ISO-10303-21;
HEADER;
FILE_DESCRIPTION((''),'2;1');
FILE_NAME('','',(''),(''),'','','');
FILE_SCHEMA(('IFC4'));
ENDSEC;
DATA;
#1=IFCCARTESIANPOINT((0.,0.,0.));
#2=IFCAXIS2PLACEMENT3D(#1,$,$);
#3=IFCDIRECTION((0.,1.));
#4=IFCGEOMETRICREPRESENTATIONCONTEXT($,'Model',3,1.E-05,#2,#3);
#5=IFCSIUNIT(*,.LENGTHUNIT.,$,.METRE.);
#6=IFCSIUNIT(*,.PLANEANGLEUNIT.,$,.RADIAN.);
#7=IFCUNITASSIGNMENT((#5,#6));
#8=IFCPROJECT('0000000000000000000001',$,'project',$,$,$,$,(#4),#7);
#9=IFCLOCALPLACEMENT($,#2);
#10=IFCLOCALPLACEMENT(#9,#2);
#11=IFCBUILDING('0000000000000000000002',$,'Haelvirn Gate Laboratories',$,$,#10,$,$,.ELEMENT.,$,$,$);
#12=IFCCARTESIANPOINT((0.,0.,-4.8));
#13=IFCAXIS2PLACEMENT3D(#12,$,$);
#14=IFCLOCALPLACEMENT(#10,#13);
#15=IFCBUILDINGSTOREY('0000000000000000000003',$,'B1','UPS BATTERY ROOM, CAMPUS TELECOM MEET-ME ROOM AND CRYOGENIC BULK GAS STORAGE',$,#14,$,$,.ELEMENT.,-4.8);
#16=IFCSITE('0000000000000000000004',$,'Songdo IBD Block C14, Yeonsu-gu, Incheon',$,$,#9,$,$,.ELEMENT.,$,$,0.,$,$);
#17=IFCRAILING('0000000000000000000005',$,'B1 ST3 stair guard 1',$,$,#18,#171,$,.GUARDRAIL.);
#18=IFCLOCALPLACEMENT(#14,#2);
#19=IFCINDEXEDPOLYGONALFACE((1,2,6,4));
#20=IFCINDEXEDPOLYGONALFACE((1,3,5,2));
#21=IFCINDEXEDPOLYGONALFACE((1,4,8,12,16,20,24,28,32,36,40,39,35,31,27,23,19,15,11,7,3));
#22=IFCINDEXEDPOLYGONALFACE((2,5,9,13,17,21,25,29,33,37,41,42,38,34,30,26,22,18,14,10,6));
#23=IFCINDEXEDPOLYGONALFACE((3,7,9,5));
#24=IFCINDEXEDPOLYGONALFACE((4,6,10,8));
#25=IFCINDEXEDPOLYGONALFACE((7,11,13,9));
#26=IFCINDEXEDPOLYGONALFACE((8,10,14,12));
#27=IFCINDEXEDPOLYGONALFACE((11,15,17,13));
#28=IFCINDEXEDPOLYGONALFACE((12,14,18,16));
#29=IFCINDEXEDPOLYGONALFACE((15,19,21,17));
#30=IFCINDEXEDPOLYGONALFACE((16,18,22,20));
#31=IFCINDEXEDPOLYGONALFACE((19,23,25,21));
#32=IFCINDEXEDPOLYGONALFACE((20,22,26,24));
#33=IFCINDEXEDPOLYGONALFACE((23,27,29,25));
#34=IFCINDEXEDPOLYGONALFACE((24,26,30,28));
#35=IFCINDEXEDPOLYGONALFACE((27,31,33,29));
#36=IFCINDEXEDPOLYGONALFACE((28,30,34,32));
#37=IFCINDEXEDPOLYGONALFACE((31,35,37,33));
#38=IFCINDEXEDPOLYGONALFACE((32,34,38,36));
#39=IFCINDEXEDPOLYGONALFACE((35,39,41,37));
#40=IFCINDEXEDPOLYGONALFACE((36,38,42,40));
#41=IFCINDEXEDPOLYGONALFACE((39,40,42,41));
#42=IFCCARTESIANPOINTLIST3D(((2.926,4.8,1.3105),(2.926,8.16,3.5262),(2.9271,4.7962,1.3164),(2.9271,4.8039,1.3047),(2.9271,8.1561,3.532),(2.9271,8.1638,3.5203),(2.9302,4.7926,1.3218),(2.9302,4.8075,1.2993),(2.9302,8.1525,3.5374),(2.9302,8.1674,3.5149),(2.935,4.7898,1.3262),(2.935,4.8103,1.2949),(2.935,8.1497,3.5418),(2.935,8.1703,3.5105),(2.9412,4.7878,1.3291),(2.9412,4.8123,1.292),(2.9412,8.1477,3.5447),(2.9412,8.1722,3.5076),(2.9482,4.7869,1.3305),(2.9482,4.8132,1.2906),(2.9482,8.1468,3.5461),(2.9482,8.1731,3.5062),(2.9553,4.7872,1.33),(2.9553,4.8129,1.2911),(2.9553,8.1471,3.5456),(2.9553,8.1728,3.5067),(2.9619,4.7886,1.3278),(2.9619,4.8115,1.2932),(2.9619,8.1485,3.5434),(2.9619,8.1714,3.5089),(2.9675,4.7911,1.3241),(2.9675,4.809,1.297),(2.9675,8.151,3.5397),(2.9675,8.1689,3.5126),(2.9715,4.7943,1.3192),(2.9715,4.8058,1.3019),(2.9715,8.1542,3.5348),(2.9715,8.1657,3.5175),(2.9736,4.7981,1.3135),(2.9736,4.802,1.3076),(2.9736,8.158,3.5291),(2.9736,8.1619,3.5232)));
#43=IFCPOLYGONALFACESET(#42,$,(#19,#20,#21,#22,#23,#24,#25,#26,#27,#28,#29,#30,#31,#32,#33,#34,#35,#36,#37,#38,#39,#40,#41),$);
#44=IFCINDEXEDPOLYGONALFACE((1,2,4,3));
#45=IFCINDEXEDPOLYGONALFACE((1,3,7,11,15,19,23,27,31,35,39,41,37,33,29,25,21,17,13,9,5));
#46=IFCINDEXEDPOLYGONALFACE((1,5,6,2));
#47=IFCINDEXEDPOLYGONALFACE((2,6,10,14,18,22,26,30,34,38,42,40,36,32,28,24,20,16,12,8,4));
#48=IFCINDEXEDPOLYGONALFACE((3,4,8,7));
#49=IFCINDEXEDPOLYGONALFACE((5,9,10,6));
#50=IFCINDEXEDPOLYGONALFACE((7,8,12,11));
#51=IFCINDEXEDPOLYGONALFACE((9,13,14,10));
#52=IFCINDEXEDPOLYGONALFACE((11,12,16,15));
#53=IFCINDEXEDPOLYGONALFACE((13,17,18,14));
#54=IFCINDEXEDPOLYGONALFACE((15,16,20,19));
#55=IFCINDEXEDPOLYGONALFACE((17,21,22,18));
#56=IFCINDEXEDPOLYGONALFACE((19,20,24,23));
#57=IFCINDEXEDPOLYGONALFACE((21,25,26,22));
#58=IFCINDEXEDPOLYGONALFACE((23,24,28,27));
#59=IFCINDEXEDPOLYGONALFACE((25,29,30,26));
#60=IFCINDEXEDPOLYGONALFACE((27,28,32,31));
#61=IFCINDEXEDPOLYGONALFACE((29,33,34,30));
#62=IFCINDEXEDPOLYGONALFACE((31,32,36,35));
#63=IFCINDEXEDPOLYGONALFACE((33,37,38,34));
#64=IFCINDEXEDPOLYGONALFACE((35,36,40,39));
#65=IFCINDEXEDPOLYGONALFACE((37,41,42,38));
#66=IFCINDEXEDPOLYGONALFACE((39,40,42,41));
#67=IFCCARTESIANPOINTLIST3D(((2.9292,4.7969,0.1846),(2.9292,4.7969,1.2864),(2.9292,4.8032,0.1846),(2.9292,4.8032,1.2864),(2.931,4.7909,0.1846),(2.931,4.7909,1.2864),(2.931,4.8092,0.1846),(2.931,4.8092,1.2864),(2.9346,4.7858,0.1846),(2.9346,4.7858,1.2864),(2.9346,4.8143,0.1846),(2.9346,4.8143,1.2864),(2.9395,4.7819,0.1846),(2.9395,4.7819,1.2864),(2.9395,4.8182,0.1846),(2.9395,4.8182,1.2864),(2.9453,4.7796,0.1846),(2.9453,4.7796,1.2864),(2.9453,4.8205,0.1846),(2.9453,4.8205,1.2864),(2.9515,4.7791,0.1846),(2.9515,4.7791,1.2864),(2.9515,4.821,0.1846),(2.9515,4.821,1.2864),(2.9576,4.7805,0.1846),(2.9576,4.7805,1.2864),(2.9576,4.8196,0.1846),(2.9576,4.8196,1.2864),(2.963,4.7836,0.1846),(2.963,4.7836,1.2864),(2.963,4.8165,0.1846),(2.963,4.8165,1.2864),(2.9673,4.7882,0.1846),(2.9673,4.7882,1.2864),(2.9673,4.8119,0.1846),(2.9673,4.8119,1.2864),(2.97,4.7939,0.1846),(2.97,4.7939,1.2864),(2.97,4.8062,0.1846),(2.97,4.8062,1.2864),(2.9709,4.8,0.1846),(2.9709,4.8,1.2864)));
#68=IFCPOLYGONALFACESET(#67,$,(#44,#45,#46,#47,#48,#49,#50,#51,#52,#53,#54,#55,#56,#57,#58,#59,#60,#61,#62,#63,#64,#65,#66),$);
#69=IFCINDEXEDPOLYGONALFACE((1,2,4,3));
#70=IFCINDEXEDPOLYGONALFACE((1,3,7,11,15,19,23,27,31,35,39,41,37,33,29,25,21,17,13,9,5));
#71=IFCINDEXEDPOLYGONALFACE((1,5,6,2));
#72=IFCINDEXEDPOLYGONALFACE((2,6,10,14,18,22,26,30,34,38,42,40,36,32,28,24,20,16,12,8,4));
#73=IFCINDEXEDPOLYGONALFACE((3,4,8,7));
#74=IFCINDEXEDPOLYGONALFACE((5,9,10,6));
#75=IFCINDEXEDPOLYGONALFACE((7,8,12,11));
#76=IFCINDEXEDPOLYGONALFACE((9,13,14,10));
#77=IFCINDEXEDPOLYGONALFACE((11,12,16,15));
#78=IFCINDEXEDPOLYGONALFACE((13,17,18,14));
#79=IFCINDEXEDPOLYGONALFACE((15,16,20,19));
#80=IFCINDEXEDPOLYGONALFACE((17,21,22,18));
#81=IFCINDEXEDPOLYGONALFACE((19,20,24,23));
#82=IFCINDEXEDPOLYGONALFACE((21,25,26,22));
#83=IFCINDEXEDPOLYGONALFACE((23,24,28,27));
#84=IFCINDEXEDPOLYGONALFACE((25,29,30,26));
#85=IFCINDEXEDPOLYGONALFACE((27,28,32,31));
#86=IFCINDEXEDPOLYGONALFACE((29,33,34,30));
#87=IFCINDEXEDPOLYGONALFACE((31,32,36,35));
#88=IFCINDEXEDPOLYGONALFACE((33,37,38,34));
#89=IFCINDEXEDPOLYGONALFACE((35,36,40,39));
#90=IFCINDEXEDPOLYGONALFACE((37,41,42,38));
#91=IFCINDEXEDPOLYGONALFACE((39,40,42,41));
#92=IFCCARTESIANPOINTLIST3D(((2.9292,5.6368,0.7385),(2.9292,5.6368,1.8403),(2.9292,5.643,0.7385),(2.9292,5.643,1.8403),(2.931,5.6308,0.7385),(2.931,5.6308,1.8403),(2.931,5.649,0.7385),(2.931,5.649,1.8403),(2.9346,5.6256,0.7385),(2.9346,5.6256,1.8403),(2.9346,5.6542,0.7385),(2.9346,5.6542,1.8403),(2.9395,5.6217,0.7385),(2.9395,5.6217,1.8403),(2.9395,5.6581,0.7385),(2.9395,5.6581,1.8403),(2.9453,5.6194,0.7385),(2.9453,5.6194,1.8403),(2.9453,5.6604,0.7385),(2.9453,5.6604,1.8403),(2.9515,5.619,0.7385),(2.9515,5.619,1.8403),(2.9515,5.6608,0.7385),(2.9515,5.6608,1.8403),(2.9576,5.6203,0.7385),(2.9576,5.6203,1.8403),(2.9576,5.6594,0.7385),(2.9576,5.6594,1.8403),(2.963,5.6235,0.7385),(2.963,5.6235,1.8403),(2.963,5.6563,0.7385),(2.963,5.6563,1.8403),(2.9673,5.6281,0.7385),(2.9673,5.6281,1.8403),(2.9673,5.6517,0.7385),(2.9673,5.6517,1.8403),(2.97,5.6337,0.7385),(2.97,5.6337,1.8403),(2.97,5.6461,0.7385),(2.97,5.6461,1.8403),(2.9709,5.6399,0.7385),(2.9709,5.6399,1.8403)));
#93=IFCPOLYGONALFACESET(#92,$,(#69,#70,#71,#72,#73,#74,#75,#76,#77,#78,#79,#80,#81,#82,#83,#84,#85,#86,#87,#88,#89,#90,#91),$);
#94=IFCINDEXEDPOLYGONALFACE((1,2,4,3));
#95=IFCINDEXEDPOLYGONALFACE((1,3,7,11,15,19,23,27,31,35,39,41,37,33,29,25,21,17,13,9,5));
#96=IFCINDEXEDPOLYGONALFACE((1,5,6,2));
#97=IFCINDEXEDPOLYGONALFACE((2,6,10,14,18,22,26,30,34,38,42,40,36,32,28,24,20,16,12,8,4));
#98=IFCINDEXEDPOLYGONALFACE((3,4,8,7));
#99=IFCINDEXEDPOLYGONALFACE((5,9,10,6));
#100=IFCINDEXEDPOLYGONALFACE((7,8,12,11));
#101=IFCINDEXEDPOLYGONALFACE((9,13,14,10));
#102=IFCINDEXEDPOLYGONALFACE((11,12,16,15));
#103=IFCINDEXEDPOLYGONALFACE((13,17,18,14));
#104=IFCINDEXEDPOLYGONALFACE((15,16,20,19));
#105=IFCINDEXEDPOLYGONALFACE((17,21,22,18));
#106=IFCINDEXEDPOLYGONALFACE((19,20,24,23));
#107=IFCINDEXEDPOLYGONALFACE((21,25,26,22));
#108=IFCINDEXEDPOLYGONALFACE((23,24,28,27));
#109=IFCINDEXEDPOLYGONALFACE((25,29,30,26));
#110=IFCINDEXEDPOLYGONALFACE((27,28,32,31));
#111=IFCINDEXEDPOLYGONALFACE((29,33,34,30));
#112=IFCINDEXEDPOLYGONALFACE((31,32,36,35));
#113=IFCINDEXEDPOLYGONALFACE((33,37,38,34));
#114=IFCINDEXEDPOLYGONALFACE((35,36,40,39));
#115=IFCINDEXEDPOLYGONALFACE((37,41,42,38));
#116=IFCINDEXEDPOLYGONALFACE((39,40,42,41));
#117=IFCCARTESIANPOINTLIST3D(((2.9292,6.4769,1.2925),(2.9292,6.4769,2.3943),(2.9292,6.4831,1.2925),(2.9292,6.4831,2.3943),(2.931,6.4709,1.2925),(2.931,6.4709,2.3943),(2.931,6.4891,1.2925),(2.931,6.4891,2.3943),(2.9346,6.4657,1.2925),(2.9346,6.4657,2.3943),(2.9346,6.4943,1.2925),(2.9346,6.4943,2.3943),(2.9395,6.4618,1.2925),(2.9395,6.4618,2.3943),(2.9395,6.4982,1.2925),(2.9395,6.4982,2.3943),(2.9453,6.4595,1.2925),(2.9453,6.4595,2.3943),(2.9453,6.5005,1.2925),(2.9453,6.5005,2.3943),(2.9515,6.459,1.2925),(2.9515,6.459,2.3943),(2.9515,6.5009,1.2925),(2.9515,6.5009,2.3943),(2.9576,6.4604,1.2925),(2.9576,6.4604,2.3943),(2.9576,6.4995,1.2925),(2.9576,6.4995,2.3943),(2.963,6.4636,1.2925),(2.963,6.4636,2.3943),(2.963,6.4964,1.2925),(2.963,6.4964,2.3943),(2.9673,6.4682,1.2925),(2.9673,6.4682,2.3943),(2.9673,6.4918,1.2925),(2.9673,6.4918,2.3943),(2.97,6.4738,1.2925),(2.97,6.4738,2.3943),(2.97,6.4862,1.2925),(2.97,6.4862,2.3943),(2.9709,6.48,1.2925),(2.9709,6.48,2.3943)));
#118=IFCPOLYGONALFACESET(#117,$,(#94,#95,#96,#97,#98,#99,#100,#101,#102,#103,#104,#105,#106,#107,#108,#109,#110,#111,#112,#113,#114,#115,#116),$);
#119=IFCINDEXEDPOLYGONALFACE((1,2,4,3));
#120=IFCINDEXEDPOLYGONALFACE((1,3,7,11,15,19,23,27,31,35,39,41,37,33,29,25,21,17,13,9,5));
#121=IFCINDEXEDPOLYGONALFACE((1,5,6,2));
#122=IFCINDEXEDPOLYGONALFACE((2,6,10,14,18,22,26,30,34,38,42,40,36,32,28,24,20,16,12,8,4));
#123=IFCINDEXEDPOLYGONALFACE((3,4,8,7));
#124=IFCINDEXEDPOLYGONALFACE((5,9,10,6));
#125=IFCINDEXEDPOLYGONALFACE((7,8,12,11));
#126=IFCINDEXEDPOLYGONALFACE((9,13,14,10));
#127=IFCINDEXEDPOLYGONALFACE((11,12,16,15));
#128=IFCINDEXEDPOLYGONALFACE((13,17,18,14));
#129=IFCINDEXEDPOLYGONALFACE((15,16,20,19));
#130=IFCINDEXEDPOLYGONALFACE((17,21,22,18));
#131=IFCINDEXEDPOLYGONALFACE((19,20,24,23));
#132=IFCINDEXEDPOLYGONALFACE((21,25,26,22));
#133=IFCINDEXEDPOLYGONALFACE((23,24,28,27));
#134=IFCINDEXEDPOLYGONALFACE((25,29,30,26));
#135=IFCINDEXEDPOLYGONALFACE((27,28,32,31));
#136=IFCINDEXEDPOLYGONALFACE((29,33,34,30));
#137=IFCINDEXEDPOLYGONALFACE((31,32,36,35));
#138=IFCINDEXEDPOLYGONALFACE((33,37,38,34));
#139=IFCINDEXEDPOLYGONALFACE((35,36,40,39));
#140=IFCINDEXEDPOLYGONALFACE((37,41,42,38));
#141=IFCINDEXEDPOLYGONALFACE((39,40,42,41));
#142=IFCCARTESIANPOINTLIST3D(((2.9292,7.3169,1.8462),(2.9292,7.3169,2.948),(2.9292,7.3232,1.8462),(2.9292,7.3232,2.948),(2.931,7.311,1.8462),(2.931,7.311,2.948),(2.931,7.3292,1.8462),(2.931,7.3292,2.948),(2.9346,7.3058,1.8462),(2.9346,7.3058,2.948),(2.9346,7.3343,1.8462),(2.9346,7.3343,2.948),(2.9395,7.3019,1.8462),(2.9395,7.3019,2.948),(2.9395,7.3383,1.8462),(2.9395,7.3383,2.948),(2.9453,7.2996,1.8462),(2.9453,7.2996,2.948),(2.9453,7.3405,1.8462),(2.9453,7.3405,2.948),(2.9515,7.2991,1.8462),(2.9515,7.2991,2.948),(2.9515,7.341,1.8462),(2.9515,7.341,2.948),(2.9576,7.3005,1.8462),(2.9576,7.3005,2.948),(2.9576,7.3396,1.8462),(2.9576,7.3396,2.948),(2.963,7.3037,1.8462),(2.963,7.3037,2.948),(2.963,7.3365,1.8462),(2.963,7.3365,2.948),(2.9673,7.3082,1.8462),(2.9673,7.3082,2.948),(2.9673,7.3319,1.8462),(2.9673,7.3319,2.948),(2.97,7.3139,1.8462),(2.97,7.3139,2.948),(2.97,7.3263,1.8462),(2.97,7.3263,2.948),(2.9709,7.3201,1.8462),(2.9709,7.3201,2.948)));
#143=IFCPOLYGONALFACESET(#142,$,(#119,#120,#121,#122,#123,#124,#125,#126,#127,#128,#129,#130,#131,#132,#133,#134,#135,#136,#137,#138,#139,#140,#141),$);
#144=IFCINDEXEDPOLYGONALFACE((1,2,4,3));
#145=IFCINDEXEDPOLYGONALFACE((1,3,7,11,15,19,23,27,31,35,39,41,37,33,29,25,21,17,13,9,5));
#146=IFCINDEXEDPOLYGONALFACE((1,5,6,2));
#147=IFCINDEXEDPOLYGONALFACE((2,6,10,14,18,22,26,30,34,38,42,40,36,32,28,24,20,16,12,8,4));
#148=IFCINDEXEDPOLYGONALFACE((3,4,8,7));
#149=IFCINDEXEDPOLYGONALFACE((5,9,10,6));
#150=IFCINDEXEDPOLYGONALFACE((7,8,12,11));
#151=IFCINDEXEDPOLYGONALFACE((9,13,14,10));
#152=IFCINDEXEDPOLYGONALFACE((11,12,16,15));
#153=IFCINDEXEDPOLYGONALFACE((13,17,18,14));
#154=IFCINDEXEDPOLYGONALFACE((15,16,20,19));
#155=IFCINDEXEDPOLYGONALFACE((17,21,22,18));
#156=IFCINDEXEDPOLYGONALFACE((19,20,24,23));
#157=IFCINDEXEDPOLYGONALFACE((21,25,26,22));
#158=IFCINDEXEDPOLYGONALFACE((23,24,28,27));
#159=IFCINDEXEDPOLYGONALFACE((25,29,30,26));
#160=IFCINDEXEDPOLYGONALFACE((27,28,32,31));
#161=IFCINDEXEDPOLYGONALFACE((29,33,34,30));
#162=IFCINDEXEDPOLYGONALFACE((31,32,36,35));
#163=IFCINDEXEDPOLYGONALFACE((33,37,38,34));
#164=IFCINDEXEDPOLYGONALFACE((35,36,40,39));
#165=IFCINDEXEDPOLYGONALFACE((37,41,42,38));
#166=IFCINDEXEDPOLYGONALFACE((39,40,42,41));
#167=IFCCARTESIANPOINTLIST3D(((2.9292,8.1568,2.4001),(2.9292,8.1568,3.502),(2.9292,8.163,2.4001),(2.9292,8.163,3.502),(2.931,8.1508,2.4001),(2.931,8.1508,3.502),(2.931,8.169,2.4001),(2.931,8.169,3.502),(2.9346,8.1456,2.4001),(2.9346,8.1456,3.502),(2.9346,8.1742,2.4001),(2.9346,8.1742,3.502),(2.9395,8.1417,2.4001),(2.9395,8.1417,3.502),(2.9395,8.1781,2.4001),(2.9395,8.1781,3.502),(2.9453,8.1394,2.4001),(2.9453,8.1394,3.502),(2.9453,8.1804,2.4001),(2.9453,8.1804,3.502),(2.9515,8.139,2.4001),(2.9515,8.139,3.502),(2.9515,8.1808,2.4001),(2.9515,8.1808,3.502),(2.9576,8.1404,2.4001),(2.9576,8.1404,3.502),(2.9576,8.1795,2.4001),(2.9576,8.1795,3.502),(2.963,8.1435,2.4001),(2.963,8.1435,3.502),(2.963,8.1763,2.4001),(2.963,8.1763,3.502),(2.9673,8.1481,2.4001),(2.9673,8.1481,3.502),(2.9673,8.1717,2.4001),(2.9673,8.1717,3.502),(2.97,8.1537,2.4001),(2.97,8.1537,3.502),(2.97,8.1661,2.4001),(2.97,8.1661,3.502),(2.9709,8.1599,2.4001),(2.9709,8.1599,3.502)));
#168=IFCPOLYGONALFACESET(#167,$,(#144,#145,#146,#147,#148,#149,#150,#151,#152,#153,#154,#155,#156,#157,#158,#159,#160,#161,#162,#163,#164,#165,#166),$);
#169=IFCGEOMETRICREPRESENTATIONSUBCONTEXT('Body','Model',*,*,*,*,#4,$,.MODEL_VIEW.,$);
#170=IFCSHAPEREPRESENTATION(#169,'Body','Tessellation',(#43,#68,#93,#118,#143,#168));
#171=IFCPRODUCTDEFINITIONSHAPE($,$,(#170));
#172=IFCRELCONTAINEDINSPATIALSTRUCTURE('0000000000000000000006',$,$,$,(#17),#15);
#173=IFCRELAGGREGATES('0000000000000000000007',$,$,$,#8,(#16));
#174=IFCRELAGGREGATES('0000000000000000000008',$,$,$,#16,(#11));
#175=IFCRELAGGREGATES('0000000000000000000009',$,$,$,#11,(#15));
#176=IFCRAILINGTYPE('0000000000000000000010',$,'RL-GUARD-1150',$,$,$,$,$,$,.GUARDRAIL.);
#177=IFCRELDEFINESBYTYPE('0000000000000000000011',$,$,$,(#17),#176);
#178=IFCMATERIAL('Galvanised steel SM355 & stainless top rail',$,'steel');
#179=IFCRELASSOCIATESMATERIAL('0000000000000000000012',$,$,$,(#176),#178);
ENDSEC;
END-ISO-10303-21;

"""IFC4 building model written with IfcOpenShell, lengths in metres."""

from ifc_helpers import new_model, si_unit, direction, frame, origin, origin_2d, place, context, subcontext, project, spatial, circle, extrude, source, transform, mapped, material, type_object, element, save


model = new_model("IFC4")

# Units and contexts
model_context = context("Model", 3, precision=1e-05, world=origin(), true_north=direction((0.0, 1.0)))
body_context = subcontext(model_context, "Body", "Model", "MODEL_VIEW")
ifc_project = project(units=[si_unit("LENGTHUNIT", "METRE"), si_unit("PLANEANGLEUNIT", "RADIAN")], contexts=[model_context])

# Site, building, storey
site_placement = place(None, origin())
site = spatial("IfcSite", under=ifc_project, at=site_placement, Name="Songdo IBD Block C14, Yeonsu-gu, Incheon", CompositionType="ELEMENT", RefElevation=0.0)
building_placement = place(site_placement, origin())
building = spatial("IfcBuilding", under=site, at=building_placement, Name="Haelvirn Gate Laboratories", CompositionType="ELEMENT")
storey_placement = place(building_placement, frame((0.0, 0.0, -4.8)))
storey = spatial("IfcBuildingStorey", under=building, at=storey_placement, Name="B1", Description="UPS BATTERY ROOM, CAMPUS TELECOM MEET-ME ROOM AND CRYOGENIC BULK GAS STORAGE", CompositionType="ELEMENT", Elevation=-4.8)

# Railing
ifc_material_1 = material(Name="Galvanised steel SM355 & stainless top rail", Category="steel")
railing_type_1 = type_object("IfcRailingType", Name="RL-GUARD-1150", PredefinedType="GUARDRAIL", material=ifc_material_1)
shared_shape_1 = source(origin(), body_context, "Body", "SweptSolid", [
    extrude(circle(Radius=0.0239, at=origin_2d()), frame((0.0, 0.0, 1.126), z_axis=(0.0, 0.83483, 0.550508), x_axis=(-1.0, 0.0, 0.0)), (0.0, 0.0, 1.0), 4.0247),
    extrude(circle(Radius=0.021, at=origin_2d()), origin(), (0.0, 0.0, 1.0), 1.1018),
    extrude(circle(Radius=0.021, at=origin_2d()), frame((0.0, 0.8398, 0.554)), (0.0, 0.0, 1.0), 1.1018),
    extrude(circle(Radius=0.021, at=origin_2d()), frame((0.0, 1.6799, 1.1079)), (0.0, 0.0, 1.0), 1.1018),
    extrude(circle(Radius=0.021, at=origin_2d()), frame((0.0, 2.52, 1.6616)), (0.0, 0.0, 1.0), 1.1018),
    extrude(circle(Radius=0.021, at=origin_2d()), frame((0.0, 3.3599, 2.2156)), (0.0, 0.0, 1.0), 1.1018),
])
railing_1_placement = place(storey_placement, frame((2.95, 4.8, 0.1846)))
element("IfcRailing", 1, at=railing_1_placement, inside=storey, type_object=railing_type_1, Name="B1 ST3 stair guard 1", PredefinedType="GUARDRAIL", context=body_context, shape_type="MappedRepresentation", body=[
    mapped(shared_shape_1, transform((0.0, 0.0, 0.0), scale=1.0)),
])

save(model, "model.ifc")
